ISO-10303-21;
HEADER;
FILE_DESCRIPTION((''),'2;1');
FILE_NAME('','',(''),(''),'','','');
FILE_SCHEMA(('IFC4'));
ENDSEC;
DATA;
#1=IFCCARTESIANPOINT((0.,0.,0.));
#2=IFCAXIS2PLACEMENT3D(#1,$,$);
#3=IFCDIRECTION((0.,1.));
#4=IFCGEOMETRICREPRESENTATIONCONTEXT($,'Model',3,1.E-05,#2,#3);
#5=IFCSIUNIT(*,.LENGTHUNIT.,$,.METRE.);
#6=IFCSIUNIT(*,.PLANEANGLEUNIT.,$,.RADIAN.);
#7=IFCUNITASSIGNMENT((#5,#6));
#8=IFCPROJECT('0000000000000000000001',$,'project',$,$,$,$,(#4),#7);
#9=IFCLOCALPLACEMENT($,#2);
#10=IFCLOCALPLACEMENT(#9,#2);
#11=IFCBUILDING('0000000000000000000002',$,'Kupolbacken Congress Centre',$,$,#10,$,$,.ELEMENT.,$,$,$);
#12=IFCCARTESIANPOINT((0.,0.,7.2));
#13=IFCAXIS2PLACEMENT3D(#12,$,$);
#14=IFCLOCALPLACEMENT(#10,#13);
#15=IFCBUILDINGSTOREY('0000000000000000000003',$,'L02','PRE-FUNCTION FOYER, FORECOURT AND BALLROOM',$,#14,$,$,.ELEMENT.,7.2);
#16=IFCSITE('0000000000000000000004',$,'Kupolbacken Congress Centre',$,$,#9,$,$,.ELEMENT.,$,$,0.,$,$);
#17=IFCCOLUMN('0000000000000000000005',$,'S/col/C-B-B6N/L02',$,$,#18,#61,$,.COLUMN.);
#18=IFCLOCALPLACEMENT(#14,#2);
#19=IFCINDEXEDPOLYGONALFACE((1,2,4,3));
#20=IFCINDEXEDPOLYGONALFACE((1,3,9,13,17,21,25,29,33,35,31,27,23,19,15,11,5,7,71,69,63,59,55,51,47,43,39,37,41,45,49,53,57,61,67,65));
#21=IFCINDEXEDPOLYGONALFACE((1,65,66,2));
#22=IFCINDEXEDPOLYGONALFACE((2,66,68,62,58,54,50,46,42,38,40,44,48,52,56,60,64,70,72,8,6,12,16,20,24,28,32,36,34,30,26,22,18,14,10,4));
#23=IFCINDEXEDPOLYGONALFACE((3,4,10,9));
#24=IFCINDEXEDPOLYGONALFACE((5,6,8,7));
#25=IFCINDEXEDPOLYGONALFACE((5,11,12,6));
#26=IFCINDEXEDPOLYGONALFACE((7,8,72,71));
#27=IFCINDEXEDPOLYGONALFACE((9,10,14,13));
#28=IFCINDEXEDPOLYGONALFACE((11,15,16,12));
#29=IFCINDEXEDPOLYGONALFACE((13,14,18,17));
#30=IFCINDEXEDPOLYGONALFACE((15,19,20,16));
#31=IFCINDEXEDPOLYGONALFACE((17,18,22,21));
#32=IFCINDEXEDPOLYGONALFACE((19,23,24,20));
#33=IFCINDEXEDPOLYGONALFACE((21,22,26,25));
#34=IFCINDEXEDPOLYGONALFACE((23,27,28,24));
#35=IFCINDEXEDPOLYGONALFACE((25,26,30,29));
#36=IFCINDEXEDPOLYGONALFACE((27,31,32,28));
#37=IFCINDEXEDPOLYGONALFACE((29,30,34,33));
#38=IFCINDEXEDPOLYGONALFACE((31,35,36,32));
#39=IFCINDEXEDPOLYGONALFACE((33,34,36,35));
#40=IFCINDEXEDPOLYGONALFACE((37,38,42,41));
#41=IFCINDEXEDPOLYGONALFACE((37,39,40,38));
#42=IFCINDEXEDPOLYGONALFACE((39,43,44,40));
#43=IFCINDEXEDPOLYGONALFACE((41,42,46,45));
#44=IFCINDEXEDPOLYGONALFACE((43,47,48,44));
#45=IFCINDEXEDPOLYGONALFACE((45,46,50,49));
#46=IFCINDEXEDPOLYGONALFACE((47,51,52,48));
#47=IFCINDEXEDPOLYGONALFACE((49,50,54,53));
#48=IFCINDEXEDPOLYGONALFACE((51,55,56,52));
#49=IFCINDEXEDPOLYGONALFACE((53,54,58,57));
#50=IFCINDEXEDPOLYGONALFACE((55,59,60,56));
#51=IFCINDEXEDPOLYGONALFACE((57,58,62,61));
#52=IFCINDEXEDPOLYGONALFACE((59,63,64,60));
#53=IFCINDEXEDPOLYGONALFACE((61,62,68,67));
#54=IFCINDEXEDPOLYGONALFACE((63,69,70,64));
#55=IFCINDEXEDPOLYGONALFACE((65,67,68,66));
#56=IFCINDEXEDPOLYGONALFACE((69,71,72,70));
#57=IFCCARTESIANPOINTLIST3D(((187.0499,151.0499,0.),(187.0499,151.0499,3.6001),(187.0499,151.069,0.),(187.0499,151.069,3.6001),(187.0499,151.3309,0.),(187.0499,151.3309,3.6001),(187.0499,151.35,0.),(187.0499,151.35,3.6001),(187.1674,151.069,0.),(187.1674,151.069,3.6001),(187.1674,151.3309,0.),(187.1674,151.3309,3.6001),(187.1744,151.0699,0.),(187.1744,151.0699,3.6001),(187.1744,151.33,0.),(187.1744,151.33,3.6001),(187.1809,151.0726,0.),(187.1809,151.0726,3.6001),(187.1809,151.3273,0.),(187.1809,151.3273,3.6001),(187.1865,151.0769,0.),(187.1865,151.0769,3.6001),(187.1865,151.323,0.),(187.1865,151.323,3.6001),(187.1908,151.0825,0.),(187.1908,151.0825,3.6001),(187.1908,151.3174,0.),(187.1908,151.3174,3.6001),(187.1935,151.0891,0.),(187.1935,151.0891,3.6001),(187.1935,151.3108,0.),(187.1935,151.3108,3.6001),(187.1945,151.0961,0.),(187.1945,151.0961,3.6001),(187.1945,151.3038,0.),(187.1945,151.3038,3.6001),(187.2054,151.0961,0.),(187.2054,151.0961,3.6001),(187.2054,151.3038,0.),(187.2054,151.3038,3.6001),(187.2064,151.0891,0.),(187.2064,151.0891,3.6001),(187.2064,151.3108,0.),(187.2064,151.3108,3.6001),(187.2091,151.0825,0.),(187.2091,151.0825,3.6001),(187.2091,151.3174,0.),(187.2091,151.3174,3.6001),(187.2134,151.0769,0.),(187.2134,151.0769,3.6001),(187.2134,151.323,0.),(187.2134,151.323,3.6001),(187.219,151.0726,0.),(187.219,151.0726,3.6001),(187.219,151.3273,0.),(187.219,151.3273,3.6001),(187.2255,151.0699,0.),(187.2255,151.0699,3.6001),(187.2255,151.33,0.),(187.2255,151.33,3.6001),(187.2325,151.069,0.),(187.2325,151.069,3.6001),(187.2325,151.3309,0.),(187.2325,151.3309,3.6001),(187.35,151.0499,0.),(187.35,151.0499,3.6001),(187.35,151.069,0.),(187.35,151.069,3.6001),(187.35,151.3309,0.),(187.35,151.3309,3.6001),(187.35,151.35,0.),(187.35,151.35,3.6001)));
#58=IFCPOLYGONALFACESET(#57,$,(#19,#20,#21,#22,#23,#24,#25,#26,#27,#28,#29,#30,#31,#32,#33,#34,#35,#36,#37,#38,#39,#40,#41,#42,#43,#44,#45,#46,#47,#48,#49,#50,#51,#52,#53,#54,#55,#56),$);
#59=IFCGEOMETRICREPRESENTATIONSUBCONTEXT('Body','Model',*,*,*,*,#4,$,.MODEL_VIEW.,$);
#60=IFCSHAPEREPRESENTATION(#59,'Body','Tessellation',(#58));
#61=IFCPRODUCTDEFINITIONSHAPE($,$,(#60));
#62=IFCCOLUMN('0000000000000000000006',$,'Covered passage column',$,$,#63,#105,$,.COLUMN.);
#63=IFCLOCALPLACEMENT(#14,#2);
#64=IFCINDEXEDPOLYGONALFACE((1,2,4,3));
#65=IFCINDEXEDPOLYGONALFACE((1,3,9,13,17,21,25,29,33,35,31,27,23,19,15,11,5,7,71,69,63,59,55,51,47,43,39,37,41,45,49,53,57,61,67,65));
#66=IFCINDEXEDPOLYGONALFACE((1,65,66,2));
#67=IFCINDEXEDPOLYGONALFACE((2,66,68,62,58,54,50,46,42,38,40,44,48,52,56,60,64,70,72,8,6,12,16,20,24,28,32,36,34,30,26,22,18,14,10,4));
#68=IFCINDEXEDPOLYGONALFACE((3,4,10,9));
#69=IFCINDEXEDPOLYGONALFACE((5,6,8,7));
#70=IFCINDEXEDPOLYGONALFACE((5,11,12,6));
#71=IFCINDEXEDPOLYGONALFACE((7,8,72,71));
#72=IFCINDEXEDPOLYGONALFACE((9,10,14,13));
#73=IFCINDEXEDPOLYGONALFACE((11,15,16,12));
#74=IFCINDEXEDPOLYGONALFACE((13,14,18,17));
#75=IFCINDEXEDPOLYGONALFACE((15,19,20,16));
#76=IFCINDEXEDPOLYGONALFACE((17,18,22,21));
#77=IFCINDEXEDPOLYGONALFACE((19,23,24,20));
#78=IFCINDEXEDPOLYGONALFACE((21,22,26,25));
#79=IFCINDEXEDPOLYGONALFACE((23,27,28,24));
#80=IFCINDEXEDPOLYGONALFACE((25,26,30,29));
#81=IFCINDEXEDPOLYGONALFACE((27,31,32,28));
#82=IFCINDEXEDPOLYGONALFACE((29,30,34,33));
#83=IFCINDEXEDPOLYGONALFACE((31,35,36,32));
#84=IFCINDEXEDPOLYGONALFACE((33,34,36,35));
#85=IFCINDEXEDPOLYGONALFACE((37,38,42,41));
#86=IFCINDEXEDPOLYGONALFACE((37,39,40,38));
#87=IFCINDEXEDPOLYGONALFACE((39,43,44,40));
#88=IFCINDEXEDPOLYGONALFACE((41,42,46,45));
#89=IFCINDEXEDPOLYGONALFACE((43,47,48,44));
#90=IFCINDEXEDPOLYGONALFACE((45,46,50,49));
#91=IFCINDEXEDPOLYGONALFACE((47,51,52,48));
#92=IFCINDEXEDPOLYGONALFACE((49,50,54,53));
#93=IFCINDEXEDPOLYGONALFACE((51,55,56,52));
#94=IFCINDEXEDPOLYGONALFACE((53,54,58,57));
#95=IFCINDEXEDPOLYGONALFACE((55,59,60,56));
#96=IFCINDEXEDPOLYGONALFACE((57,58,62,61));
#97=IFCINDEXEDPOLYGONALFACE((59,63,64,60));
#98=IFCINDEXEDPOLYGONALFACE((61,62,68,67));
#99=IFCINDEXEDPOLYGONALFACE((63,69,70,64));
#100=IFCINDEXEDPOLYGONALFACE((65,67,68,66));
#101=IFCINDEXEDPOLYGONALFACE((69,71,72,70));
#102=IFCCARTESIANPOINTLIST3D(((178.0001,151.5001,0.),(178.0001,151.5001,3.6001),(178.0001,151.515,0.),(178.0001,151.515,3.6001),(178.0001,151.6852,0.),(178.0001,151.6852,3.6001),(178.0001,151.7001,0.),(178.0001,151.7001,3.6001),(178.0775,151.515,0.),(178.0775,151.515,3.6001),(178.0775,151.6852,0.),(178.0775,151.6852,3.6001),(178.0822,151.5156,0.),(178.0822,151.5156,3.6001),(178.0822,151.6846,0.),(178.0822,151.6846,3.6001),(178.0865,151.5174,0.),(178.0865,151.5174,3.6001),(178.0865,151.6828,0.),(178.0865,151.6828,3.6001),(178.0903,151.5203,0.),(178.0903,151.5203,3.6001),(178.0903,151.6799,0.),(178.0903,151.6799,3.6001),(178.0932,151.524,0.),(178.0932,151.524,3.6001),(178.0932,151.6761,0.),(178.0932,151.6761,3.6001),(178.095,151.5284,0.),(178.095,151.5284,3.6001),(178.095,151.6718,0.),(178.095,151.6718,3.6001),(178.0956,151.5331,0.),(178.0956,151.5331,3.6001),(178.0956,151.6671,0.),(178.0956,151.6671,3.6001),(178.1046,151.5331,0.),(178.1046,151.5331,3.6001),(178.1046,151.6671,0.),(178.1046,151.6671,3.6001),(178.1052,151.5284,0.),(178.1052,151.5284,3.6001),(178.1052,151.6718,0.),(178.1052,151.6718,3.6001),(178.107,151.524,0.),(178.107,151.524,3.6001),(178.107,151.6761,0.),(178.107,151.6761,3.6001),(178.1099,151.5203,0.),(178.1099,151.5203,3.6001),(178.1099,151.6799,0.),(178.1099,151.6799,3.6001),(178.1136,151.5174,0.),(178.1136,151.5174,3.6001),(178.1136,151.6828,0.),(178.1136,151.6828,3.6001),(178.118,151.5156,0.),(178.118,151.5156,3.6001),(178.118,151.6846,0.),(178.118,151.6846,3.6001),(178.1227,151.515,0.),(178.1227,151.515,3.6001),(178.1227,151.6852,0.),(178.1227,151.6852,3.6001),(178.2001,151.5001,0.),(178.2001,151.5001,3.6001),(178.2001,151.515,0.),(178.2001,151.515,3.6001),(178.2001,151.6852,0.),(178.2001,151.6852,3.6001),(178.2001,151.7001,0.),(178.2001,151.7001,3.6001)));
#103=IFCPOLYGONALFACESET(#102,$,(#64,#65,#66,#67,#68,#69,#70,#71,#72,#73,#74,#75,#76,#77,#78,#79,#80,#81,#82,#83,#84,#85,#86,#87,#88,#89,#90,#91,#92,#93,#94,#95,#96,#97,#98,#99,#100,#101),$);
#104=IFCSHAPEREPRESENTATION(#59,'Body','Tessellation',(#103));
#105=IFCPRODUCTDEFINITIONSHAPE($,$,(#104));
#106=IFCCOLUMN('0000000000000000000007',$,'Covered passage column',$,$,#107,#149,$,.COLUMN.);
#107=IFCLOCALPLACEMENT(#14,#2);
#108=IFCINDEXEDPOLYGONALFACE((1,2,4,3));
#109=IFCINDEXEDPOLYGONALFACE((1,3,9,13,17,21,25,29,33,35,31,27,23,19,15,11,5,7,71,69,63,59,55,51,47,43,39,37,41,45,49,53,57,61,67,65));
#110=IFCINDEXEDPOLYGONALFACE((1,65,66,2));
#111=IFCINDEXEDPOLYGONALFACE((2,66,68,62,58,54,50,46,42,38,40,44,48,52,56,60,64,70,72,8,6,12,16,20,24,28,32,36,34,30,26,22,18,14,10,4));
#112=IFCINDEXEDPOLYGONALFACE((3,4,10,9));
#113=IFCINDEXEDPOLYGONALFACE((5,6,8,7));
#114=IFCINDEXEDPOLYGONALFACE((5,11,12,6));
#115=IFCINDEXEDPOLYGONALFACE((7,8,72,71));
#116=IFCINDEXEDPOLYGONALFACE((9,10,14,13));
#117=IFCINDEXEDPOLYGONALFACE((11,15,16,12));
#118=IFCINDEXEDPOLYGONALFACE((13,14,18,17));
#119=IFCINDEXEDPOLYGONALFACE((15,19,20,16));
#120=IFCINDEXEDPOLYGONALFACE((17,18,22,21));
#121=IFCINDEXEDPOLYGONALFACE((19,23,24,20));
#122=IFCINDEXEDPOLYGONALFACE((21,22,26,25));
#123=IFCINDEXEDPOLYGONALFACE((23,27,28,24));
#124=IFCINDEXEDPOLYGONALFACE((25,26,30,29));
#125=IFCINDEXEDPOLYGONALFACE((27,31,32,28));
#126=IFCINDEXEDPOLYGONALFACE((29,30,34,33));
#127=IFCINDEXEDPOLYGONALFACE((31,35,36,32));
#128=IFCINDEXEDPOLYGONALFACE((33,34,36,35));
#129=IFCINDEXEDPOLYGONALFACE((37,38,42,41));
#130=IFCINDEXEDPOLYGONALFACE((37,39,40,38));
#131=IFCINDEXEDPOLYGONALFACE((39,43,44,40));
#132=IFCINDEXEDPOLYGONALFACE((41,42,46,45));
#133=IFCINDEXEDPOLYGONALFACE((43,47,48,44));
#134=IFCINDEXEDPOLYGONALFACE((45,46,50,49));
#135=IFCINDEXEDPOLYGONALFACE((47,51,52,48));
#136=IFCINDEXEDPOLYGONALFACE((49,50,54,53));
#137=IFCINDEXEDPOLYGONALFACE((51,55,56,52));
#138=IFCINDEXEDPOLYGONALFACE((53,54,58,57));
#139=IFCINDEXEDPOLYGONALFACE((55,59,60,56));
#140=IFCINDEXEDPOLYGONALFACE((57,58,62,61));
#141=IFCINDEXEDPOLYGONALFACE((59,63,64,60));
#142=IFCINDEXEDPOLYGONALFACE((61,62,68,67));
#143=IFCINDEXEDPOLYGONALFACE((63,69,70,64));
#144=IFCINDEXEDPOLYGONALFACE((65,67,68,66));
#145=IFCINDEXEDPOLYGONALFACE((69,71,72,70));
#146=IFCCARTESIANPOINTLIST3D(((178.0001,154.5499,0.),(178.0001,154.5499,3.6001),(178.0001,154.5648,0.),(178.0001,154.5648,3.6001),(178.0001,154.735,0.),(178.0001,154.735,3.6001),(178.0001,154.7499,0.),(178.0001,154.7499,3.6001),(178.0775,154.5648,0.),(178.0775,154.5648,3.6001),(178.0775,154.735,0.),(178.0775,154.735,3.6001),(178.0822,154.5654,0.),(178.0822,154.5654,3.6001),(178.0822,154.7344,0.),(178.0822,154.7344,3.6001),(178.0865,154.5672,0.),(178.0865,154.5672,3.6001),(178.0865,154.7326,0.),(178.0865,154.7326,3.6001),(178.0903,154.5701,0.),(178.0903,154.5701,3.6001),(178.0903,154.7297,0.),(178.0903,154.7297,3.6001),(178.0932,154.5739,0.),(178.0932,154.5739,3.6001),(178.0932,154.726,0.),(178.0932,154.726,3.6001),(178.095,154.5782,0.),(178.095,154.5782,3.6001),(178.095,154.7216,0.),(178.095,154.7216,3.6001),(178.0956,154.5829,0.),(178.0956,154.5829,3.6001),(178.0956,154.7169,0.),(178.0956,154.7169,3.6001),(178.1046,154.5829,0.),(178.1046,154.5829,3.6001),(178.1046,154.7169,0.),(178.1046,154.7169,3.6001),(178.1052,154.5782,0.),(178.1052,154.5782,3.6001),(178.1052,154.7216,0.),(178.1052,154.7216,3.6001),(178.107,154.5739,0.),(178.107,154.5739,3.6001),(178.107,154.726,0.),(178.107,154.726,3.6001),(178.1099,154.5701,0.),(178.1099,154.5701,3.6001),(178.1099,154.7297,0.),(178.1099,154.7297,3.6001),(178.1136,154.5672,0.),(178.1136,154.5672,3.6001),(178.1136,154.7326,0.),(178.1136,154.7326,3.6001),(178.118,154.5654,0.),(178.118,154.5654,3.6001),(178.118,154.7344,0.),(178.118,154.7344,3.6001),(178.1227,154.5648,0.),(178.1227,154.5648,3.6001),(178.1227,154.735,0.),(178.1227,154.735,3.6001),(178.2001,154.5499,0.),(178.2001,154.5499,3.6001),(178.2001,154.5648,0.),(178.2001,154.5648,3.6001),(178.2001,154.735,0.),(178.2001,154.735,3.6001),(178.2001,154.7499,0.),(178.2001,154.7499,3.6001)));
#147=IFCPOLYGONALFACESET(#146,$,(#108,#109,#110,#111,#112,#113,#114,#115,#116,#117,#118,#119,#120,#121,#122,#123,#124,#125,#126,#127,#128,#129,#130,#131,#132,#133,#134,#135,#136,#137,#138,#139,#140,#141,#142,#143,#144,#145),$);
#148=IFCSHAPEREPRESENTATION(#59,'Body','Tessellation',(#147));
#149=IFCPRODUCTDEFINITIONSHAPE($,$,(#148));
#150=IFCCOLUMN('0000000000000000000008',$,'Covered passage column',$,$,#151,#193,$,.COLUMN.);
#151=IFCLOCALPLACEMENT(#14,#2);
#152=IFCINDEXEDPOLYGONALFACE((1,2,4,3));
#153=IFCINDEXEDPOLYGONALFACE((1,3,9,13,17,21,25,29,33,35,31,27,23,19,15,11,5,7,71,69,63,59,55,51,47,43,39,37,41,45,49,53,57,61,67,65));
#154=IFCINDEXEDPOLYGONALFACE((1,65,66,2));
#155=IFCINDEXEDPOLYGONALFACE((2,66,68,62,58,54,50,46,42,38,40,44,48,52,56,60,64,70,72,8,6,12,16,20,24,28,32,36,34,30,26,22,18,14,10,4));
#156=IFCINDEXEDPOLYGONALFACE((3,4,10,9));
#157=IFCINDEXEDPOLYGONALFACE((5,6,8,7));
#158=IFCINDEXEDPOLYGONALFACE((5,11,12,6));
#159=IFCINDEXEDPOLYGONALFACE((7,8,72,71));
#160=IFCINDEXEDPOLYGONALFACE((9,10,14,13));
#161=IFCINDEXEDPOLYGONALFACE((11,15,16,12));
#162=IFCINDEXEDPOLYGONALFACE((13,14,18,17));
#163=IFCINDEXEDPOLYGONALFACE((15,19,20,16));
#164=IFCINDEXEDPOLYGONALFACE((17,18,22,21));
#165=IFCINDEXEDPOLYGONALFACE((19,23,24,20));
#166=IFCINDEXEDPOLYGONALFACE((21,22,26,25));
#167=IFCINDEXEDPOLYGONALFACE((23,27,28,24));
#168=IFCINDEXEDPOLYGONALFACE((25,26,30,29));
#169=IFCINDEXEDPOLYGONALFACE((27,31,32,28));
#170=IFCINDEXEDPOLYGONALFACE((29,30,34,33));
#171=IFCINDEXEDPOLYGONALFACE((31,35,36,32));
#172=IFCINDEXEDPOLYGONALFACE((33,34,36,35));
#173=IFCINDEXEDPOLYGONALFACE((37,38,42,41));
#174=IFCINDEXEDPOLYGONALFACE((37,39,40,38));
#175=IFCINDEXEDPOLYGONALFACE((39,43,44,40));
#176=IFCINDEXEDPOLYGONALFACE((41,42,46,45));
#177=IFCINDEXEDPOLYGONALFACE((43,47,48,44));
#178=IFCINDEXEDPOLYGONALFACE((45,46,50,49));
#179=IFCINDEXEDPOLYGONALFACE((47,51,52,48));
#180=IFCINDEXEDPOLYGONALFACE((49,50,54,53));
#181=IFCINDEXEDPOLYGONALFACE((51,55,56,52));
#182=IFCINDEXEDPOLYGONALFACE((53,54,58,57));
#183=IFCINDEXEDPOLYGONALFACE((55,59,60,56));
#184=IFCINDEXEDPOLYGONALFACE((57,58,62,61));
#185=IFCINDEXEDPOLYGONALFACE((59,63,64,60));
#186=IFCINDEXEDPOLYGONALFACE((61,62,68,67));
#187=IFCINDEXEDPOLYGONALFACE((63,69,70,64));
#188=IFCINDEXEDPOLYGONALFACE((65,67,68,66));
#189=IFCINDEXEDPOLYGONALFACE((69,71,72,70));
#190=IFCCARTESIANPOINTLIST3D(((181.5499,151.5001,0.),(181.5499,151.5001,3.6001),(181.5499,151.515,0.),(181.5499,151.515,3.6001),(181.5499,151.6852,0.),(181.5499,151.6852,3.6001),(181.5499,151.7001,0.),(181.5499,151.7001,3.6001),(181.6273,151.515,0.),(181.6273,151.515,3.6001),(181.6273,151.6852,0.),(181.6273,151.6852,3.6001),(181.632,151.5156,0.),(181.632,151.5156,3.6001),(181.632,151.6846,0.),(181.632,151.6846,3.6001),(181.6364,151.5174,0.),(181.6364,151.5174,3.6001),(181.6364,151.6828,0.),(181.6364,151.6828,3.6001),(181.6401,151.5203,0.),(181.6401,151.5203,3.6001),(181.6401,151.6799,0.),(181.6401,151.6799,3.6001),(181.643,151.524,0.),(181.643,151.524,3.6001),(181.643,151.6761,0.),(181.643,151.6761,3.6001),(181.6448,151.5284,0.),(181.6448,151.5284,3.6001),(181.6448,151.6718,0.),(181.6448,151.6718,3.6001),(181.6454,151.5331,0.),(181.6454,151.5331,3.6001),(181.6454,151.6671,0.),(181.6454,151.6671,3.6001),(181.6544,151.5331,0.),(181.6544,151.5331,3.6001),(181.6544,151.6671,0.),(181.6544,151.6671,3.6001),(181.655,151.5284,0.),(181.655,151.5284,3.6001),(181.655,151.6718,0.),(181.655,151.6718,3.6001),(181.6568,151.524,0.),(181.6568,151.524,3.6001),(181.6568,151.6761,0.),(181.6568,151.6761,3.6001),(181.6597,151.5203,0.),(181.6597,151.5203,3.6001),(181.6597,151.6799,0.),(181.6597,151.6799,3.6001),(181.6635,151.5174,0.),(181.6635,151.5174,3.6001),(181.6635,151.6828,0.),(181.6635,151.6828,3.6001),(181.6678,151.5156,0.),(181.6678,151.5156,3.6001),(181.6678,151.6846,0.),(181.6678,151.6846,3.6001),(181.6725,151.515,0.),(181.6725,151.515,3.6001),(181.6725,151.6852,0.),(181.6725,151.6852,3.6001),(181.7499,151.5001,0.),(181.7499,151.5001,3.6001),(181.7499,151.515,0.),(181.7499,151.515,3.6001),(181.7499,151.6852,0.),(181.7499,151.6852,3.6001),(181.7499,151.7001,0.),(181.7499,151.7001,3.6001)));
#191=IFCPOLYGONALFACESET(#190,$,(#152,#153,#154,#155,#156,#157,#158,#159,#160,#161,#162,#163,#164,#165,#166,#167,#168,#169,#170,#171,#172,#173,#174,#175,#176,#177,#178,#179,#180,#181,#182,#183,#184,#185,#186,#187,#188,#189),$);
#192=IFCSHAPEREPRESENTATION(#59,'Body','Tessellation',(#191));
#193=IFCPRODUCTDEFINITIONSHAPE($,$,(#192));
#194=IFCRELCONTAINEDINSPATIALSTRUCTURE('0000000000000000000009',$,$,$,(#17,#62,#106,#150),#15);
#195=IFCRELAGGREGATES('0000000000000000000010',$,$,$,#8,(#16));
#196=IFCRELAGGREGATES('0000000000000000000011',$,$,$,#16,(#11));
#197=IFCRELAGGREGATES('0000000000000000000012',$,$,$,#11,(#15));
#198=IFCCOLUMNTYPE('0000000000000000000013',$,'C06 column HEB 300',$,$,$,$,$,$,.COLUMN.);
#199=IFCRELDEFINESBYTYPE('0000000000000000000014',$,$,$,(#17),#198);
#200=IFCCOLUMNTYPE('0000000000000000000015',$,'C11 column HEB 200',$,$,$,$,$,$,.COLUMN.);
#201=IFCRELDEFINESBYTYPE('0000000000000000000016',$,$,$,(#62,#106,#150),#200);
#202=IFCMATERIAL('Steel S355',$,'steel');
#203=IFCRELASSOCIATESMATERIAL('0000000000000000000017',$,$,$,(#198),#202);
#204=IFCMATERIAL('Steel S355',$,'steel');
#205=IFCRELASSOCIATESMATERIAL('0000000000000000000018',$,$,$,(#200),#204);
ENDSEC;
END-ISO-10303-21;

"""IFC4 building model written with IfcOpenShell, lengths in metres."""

from ifc_helpers import new_model, si_unit, direction, frame, origin, origin_2d, place, context, subcontext, project, spatial, i_section, extrude, material, material_profile, profile_set, type_object, element, save


model = new_model("IFC4")

# Units and contexts
model_context = context("Model", 3, precision=1e-05, world=origin(), true_north=direction((0.0, 1.0)))
body_context = subcontext(model_context, "Body", "Model", "MODEL_VIEW")
ifc_project = project(units=[si_unit("LENGTHUNIT", "METRE"), si_unit("PLANEANGLEUNIT", "RADIAN")], contexts=[model_context])

# Site, building, storey
site_placement = place(None, origin())
site = spatial("IfcSite", under=ifc_project, at=site_placement, Name="Kupolbacken Congress Centre", CompositionType="ELEMENT", RefElevation=0.0)
building_placement = place(site_placement, origin())
building = spatial("IfcBuilding", under=site, at=building_placement, Name="Kupolbacken Congress Centre", CompositionType="ELEMENT")
storey_placement = place(building_placement, frame((0.0, 0.0, 7.2)))
storey = spatial("IfcBuildingStorey", under=building, at=storey_placement, Name="L02", Description="PRE-FUNCTION FOYER, FORECOURT AND BALLROOM", CompositionType="ELEMENT", Elevation=7.2)

# Columns
ifc_material_1 = material(Name="Steel S355", Category="steel")
ifc_material_profile_1 = material_profile(ifc_material_1, i_section(OverallWidth=0.3, OverallDepth=0.3, WebThickness=0.011, FlangeThickness=0.019, FilletRadius=0.0271, at=origin_2d()), Name="HEB 300")
ifc_profile_set_1 = profile_set([ifc_material_profile_1], Name="Steel S355")
column_type_1 = type_object("IfcColumnType", Name="C06 column HEB 300", PredefinedType="COLUMN", material=ifc_profile_set_1)
column_placement = place(storey_placement, frame((187.2, 151.2, 0.0), z_axis=(0.0, 0.0, 1.0), x_axis=(1.0, 0.0, 0.0)))
element("IfcColumn", 1, at=column_placement, inside=storey, type_object=column_type_1, Name="S/col/C-B-B6N/L02", PredefinedType="COLUMN", context=body_context, shape_type="SweptSolid", body=[
    extrude(i_section(OverallWidth=0.3, OverallDepth=0.3, WebThickness=0.011, FlangeThickness=0.019, FilletRadius=0.0271, at=origin_2d()), origin(), (0.0, 0.0, 1.0), 3.6001),
])
ifc_material_2 = material(Name="Steel S355", Category="steel")
ifc_material_profile_2 = material_profile(ifc_material_2, i_section(OverallWidth=0.2, OverallDepth=0.2, WebThickness=0.009, FlangeThickness=0.0149, FilletRadius=0.0181, at=origin_2d()), Name="HEB 200")
ifc_profile_set_2 = profile_set([ifc_material_profile_2], Name="Steel S355")
column_type_2 = type_object("IfcColumnType", Name="C11 column HEB 200", PredefinedType="COLUMN", material=ifc_profile_set_2)
for number, where, z_axis, x_axis, name in (
    (2, (178.1001, 151.6001, 0.0), (0.0, 0.0, 1.0), (1.0, 0.0, 0.0), "Covered passage column"),
    (3, (178.1001, 154.6499, 0.0), (0.0, 0.0, 1.0), (1.0, 0.0, 0.0), "Covered passage column"),
    (4, (181.6499, 151.6001, 0.0), (0.0, 0.0, 1.0), (1.0, 0.0, 0.0), "Covered passage column"),
):
    element("IfcColumn", number, at=place(storey_placement, frame(where, z_axis=z_axis, x_axis=x_axis)), inside=storey, type_object=column_type_2, Name=name, PredefinedType="COLUMN", context=body_context, shape_type="SweptSolid", body=[
        extrude(i_section(OverallWidth=0.2, OverallDepth=0.2, WebThickness=0.009, FlangeThickness=0.0149, FilletRadius=0.0181, at=origin_2d()), origin(), (0.0, 0.0, 1.0), 3.6001),
    ])

save(model, "model.ifc")
